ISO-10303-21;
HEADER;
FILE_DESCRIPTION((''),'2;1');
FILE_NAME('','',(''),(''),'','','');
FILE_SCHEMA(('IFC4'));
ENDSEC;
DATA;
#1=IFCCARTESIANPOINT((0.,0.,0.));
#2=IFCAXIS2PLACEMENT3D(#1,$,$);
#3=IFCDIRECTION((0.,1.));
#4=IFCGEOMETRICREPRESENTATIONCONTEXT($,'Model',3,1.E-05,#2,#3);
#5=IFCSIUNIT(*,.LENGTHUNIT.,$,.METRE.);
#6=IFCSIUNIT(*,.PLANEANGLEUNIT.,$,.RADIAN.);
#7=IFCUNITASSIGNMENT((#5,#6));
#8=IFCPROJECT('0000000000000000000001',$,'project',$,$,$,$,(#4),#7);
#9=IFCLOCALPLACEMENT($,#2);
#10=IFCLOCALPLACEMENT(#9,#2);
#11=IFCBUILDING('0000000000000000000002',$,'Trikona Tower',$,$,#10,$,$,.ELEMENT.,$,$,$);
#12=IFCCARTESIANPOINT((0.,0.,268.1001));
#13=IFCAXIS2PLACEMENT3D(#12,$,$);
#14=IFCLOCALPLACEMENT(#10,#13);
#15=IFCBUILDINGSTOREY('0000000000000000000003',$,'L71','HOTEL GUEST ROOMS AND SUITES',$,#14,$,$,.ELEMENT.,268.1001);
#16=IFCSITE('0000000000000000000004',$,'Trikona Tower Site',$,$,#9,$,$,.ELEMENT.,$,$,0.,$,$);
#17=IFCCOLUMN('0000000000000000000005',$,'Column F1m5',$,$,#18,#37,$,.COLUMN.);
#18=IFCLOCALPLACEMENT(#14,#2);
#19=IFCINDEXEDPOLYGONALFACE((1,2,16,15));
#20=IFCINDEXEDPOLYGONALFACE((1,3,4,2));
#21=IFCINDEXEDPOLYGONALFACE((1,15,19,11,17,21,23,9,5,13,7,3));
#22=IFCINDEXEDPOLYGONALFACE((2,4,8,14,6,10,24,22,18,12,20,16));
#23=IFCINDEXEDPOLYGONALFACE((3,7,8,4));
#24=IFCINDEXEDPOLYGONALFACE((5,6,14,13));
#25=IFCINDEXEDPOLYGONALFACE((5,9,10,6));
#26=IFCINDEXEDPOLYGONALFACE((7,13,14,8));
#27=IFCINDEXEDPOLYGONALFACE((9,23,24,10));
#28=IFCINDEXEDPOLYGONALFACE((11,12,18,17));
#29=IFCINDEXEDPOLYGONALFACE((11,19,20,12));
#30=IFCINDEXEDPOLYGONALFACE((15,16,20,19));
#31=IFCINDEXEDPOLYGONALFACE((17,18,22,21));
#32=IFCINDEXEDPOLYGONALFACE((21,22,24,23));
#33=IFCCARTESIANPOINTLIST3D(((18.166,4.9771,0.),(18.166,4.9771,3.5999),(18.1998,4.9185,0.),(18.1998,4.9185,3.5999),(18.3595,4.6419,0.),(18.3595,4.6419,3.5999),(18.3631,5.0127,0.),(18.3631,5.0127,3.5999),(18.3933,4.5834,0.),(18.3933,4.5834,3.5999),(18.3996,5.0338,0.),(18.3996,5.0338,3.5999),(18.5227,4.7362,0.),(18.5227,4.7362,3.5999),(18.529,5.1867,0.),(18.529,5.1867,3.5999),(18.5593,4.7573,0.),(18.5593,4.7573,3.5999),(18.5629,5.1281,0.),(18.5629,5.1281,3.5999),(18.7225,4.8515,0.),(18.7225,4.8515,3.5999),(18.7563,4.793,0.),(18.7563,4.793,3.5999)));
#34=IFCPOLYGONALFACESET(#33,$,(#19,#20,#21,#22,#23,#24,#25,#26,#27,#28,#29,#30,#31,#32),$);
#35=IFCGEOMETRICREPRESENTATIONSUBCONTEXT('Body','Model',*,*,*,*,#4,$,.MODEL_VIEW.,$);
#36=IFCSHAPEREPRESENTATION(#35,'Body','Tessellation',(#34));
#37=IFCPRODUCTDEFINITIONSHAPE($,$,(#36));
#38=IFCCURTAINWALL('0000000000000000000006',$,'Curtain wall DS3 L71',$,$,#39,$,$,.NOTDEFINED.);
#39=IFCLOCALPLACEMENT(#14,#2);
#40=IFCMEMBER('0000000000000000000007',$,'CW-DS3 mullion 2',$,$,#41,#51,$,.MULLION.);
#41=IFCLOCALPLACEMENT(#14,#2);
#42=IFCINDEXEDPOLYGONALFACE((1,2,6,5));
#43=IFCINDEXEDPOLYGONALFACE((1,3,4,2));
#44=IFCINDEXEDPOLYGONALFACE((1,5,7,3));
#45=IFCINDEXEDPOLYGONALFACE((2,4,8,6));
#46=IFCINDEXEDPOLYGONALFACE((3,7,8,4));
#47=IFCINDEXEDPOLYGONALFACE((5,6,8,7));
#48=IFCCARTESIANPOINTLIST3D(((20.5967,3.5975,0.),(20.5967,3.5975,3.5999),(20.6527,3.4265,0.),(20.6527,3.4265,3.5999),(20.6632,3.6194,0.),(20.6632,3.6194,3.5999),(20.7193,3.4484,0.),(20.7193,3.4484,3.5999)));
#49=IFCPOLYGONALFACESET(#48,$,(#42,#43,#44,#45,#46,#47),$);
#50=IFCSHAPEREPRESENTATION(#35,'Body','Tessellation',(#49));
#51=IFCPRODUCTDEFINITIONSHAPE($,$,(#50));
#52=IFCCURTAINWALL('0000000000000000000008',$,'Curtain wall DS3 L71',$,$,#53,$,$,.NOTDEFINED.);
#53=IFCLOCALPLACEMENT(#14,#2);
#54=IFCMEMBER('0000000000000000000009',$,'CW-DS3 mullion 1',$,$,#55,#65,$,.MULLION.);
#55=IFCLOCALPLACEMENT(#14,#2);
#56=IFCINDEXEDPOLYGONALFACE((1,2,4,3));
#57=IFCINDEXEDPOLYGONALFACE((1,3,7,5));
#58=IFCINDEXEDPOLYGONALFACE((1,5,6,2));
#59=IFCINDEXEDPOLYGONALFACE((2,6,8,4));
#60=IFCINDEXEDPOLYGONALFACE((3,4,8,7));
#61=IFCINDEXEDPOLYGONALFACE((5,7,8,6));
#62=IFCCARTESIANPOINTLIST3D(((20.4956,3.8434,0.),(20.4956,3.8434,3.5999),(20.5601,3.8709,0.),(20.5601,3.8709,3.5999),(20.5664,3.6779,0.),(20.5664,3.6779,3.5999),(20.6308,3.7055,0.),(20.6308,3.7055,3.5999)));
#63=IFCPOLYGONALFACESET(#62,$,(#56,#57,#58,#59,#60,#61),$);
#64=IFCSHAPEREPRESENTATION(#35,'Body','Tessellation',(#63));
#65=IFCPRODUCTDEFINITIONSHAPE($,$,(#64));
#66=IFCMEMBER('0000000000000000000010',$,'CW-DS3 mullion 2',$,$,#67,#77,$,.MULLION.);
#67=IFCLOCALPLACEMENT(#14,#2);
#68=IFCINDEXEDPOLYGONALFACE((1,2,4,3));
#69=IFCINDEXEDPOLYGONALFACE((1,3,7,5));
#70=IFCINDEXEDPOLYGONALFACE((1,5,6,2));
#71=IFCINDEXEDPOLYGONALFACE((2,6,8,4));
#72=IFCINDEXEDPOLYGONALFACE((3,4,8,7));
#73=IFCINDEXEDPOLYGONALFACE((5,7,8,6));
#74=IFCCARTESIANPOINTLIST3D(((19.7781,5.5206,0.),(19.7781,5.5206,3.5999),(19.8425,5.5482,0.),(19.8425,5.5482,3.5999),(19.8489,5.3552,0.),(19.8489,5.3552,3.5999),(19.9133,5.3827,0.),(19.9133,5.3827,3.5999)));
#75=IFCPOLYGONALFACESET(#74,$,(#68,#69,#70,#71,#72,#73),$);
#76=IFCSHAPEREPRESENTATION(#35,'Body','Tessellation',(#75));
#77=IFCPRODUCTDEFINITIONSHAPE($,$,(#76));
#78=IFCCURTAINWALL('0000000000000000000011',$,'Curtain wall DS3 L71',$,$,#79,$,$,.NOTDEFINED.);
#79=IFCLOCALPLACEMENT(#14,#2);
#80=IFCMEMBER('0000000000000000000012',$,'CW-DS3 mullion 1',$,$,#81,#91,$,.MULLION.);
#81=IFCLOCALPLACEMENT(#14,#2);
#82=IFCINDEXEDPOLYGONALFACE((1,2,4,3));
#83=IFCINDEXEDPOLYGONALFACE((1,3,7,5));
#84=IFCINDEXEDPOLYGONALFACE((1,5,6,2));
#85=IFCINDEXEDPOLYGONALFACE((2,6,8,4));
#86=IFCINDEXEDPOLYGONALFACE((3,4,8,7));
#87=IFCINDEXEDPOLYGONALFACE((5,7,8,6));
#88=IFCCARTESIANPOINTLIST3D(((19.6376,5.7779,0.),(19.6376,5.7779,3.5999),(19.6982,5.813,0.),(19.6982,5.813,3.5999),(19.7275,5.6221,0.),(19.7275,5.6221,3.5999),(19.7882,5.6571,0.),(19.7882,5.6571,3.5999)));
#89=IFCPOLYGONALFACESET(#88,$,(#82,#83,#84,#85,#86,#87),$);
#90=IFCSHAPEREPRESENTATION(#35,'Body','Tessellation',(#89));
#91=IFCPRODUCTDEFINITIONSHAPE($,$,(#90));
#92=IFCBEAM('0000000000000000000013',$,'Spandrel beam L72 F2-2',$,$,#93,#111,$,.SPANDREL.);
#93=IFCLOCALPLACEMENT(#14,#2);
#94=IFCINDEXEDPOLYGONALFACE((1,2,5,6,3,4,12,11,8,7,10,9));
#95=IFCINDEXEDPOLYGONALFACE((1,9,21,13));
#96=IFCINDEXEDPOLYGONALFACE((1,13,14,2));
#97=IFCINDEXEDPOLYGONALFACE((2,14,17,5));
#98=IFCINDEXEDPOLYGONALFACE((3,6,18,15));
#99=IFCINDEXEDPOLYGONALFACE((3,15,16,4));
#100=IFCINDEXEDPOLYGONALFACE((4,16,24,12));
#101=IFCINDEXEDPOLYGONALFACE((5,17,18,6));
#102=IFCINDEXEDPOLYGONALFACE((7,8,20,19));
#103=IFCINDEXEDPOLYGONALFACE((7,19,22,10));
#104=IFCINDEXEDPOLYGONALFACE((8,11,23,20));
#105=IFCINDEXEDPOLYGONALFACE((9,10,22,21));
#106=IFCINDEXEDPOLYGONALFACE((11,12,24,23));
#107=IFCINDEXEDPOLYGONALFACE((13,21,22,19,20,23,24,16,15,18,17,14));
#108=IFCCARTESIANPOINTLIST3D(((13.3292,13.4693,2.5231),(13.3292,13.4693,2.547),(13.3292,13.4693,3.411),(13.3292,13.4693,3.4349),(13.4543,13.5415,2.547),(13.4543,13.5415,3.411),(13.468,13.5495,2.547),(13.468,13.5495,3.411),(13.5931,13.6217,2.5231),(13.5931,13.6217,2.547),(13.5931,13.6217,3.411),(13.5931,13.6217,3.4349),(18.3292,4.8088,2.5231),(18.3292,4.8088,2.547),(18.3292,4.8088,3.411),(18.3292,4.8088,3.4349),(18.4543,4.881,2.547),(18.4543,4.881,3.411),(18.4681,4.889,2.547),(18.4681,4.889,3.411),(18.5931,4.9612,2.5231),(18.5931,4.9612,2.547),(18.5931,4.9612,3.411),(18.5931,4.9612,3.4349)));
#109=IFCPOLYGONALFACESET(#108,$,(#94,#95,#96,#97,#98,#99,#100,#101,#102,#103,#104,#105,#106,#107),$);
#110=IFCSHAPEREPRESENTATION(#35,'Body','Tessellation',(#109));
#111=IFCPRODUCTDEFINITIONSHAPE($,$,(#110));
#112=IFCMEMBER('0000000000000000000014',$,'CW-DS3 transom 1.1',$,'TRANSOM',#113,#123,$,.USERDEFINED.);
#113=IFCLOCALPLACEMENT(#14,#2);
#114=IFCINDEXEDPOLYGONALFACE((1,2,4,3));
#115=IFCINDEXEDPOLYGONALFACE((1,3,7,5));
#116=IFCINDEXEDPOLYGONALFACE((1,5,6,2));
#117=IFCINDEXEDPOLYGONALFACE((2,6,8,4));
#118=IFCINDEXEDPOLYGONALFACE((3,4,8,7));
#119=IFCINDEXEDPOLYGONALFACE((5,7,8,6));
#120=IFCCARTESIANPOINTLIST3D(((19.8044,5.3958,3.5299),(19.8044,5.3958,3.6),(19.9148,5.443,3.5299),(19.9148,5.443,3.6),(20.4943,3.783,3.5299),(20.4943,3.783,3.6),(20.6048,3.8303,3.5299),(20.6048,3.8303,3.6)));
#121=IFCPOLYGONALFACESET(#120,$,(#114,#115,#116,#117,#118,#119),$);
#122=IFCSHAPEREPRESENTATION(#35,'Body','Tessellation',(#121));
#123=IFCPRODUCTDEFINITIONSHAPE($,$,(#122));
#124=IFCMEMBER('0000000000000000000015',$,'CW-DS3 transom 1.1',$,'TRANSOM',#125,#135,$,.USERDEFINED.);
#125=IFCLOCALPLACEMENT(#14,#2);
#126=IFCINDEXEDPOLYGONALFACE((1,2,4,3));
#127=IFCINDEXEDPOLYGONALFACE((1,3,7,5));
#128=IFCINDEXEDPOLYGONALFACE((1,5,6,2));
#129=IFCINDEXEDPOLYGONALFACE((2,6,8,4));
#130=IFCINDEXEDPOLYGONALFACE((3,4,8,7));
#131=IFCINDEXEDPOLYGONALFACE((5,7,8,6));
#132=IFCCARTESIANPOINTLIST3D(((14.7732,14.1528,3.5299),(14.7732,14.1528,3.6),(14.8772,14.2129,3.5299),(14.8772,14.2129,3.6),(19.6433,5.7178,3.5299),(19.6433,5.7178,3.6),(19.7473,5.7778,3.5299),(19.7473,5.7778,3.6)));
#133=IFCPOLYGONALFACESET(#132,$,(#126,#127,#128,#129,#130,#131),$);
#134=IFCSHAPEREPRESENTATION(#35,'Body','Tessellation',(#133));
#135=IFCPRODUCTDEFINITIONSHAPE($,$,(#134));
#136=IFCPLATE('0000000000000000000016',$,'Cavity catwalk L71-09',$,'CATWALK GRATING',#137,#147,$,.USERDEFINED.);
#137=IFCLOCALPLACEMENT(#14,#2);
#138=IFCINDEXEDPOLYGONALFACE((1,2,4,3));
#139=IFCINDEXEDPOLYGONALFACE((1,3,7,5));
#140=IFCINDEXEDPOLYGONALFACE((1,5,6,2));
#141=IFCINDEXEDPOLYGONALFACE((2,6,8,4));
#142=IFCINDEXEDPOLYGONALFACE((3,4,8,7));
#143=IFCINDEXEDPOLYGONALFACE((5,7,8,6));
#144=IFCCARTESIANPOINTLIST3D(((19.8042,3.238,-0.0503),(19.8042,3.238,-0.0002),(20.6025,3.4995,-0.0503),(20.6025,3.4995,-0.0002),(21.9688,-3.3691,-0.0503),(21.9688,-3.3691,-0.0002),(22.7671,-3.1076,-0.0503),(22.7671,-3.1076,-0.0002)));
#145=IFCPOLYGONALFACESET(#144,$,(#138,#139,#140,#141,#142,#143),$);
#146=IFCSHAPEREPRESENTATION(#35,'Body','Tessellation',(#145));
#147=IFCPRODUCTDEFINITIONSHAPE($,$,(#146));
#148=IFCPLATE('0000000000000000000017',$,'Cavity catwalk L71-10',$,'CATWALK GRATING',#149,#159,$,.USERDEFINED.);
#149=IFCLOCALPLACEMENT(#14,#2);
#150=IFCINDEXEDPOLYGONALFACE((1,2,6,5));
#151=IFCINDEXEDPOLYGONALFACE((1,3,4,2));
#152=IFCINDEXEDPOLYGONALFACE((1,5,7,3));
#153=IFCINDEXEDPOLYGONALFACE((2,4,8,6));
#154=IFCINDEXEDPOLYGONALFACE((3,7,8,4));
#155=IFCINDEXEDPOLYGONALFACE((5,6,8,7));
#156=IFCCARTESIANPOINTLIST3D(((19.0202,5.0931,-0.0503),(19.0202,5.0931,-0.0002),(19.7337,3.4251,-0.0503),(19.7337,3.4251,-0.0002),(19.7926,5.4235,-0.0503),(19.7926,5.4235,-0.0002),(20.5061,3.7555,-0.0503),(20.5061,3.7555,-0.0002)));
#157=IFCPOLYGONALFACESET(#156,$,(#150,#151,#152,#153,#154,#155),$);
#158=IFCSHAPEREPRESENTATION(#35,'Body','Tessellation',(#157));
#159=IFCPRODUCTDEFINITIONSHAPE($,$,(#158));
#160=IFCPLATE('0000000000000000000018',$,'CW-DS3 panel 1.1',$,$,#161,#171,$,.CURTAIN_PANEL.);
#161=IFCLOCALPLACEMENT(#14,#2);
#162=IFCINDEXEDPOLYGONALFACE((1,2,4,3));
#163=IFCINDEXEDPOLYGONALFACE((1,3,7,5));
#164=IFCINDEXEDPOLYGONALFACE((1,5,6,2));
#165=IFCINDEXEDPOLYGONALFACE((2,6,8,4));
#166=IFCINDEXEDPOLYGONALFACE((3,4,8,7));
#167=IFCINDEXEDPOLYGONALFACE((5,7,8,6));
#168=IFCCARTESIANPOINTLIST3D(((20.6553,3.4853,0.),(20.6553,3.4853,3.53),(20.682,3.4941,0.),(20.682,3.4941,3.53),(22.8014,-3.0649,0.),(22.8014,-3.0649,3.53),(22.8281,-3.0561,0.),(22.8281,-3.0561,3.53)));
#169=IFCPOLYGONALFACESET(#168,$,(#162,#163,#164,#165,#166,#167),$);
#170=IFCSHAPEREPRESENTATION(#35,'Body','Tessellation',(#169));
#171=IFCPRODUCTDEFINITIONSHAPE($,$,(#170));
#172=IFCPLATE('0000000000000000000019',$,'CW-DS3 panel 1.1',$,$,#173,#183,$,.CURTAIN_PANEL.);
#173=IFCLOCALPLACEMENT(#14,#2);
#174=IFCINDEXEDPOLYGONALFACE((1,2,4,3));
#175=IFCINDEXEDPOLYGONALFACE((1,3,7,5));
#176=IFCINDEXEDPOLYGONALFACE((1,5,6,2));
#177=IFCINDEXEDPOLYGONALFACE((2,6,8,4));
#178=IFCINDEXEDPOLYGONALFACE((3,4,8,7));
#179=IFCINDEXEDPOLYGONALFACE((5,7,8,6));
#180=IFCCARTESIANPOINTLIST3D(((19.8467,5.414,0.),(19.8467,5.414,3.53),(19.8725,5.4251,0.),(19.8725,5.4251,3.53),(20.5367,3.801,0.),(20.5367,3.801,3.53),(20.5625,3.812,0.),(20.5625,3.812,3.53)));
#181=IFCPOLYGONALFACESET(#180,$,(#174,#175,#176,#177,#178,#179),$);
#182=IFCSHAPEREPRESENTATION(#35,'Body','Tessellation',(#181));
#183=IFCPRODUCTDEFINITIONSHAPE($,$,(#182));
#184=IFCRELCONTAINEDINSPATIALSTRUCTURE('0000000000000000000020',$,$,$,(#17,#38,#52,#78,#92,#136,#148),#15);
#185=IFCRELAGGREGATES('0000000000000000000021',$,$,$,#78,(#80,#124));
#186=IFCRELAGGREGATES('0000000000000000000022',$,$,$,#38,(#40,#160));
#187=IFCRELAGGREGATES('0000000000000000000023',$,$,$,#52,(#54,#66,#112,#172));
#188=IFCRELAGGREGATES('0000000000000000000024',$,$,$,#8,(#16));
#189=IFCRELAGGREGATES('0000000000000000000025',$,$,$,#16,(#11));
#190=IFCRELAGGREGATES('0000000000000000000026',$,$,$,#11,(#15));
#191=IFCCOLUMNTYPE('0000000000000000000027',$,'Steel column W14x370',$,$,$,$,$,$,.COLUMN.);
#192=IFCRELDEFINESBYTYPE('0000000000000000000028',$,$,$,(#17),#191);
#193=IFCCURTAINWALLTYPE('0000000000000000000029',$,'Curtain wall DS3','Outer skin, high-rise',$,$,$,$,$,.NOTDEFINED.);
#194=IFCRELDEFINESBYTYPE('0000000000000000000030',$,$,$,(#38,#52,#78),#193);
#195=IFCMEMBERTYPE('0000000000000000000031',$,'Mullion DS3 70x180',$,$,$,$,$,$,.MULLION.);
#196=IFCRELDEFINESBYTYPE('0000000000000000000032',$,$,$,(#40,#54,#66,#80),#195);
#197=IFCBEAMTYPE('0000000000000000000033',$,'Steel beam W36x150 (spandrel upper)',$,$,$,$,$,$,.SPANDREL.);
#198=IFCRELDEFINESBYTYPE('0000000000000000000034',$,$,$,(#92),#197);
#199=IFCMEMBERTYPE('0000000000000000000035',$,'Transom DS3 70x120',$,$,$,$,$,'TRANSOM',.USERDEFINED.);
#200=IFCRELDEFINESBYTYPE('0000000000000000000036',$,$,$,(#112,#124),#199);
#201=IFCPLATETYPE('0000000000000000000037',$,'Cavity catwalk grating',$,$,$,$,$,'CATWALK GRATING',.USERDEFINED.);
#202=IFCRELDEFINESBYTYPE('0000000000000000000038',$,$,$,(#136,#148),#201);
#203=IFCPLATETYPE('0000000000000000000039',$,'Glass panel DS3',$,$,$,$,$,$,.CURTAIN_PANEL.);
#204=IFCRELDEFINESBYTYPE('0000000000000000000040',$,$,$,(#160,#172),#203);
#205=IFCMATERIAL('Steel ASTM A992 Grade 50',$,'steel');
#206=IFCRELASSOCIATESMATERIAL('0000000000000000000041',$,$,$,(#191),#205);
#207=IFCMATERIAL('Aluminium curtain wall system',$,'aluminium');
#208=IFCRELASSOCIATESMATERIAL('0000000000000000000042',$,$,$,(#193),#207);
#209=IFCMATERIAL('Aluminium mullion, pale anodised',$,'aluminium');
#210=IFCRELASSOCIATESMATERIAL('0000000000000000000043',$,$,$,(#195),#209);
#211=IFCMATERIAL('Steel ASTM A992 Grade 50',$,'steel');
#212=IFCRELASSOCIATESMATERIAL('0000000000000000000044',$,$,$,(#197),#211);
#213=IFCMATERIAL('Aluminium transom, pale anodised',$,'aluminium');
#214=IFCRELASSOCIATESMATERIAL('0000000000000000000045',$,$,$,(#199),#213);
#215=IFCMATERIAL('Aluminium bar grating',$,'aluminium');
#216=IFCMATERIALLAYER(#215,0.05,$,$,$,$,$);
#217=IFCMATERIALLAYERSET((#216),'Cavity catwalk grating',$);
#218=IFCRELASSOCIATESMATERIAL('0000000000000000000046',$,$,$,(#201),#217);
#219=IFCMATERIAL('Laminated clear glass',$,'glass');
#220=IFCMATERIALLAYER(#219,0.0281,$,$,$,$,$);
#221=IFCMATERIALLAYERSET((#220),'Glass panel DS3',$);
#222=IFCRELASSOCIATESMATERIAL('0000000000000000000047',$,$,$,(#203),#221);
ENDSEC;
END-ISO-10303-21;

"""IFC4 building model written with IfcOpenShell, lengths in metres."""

from ifc_helpers import new_model, si_unit, direction, frame, origin, origin_2d, place, context, subcontext, project, spatial, rectangle, i_section, extrude, material, layer, layer_set, material_profile, profile_set, type_object, element, aggregate, save


model = new_model("IFC4")

# Units and contexts
model_context = context("Model", 3, precision=1e-05, world=origin(), true_north=direction((0.0, 1.0)))
body_context = subcontext(model_context, "Body", "Model", "MODEL_VIEW")
ifc_project = project(units=[si_unit("LENGTHUNIT", "METRE"), si_unit("PLANEANGLEUNIT", "RADIAN")], contexts=[model_context])

# Site, building, storey
site_placement = place(None, origin())
site = spatial("IfcSite", under=ifc_project, at=site_placement, Name="Trikona Tower Site", CompositionType="ELEMENT", RefElevation=0.0)
building_placement = place(site_placement, origin())
building = spatial("IfcBuilding", under=site, at=building_placement, Name="Trikona Tower", CompositionType="ELEMENT")
storey_placement = place(building_placement, frame((0.0, 0.0, 268.1001)))
storey = spatial("IfcBuildingStorey", under=building, at=storey_placement, Name="L71", Description="HOTEL GUEST ROOMS AND SUITES", CompositionType="ELEMENT", Elevation=268.1001)

# Column
ifc_material_1 = material(Name="Steel ASTM A992 Grade 50", Category="steel")
ifc_material_profile_1 = material_profile(ifc_material_1, i_section(OverallWidth=0.4192, OverallDepth=0.4546, WebThickness=0.0422, FlangeThickness=0.0676, at=origin_2d()), Name="W14X370")
ifc_profile_set_1 = profile_set([ifc_material_profile_1], Name="Steel ASTM A992 Grade 50")
column_type = type_object("IfcColumnType", Name="Steel column W14x370", PredefinedType="COLUMN", material=ifc_profile_set_1)
column_placement = place(storey_placement, frame((18.4612, 4.885, 0.0), z_axis=(0.0, 0.0, 1.0), x_axis=(0.866025, 0.5, 0.0)))
element("IfcColumn", 1, at=column_placement, inside=storey, type_object=column_type, Name="Column F1m5", PredefinedType="COLUMN", context=body_context, shape_type="SweptSolid", body=[
    extrude(i_section(OverallWidth=0.4192, OverallDepth=0.4546, WebThickness=0.0422, FlangeThickness=0.0676, at=origin_2d()), origin(), (0.0, 0.0, 1.0), 3.5999),
])

# Curtain wall, member
ifc_material_2 = material(Name="Aluminium curtain wall system", Category="aluminium")
curtain_wall_type = type_object("IfcCurtainWallType", Name="Curtain wall DS3", Description="Outer skin, high-rise", PredefinedType="NOTDEFINED", material=ifc_material_2)
curtain_wall_1_placement = place(storey_placement, origin())
curtain_wall_1 = element("IfcCurtainWall", 2, at=curtain_wall_1_placement, inside=storey, type_object=curtain_wall_type, Name="Curtain wall DS3 L71", PredefinedType="NOTDEFINED")
ifc_material_3 = material(Name="Aluminium mullion, pale anodised", Category="aluminium")
ifc_material_profile_2 = material_profile(ifc_material_3, rectangle(XDim=0.0701, YDim=0.1799, at=origin_2d()), Name="MUL-DS3")
ifc_profile_set_2 = profile_set([ifc_material_profile_2], Name="Aluminium mullion, pale anodised")
member_type_1 = type_object("IfcMemberType", Name="Mullion DS3 70x180", PredefinedType="MULLION", material=ifc_profile_set_2)
member_1_placement = place(storey_placement, frame((20.658, 3.5229, 0.0), z_axis=(0.0, 0.0, 1.0), x_axis=(-0.950297, -0.311344, 0.0)))
member_1 = element("IfcMember", 3, at=member_1_placement, type_object=member_type_1, Name="CW-DS3 mullion 2", PredefinedType="MULLION", context=body_context, shape_type="SweptSolid", body=[
    extrude(rectangle(XDim=0.0701, YDim=0.1799, at=origin_2d()), origin(), (0.0, 0.0, 1.0), 3.5999),
])

# Curtain wall, members
curtain_wall_2_placement = place(storey_placement, origin())
curtain_wall_2 = element("IfcCurtainWall", 4, at=curtain_wall_2_placement, inside=storey, type_object=curtain_wall_type, Name="Curtain wall DS3 L71", PredefinedType="NOTDEFINED")
member_2_placement = place(storey_placement, frame((20.5632, 3.7744, 0.0), z_axis=(0.0, 0.0, 1.0), x_axis=(-0.919421, -0.393276, 0.0)))
member_2 = element("IfcMember", 5, at=member_2_placement, type_object=member_type_1, Name="CW-DS3 mullion 1", PredefinedType="MULLION", context=body_context, shape_type="SweptSolid", body=[
    extrude(rectangle(XDim=0.0701, YDim=0.1799, at=origin_2d()), origin(), (0.0, 0.0, 1.0), 3.5999),
])
member_3_placement = place(storey_placement, frame((19.8457, 5.4517, 0.0), z_axis=(0.0, 0.0, 1.0), x_axis=(-0.919421, -0.393276, 0.0)))
member_3 = element("IfcMember", 6, at=member_3_placement, type_object=member_type_1, Name="CW-DS3 mullion 2", PredefinedType="MULLION", context=body_context, shape_type="SweptSolid", body=[
    extrude(rectangle(XDim=0.0701, YDim=0.1799, at=origin_2d()), origin(), (0.0, 0.0, 1.0), 3.5999),
])

# Curtain wall, member
curtain_wall_3_placement = place(storey_placement, origin())
curtain_wall_3 = element("IfcCurtainWall", 7, at=curtain_wall_3_placement, inside=storey, type_object=curtain_wall_type, Name="Curtain wall DS3 L71", PredefinedType="NOTDEFINED")
member_4_placement = place(storey_placement, frame((19.7129, 5.7175, 0.0), z_axis=(0.0, 0.0, 1.0), x_axis=(-0.866025, -0.500001, 0.0)))
member_4 = element("IfcMember", 8, at=member_4_placement, type_object=member_type_1, Name="CW-DS3 mullion 1", PredefinedType="MULLION", context=body_context, shape_type="SweptSolid", body=[
    extrude(rectangle(XDim=0.0701, YDim=0.1799, at=origin_2d()), origin(), (0.0, 0.0, 1.0), 3.5999),
])

# Beam
ifc_material_4 = material(Name="Steel ASTM A992 Grade 50", Category="steel")
ifc_material_profile_3 = material_profile(ifc_material_4, i_section(OverallWidth=0.3047, OverallDepth=0.9119, WebThickness=0.0159, FlangeThickness=0.0239, at=origin_2d()), Name="W36X150")
ifc_profile_set_3 = profile_set([ifc_material_profile_3], Name="Steel ASTM A992 Grade 50")
beam_type = type_object("IfcBeamType", Name="Steel beam W36x150 (spandrel upper)", PredefinedType="SPANDREL", material=ifc_profile_set_3)
beam_placement = place(storey_placement, frame((18.4612, 4.885, 2.979), z_axis=(-0.499994, 0.866029, 0.0), x_axis=(-0.866029, -0.499994, 0.0)))
element("IfcBeam", 9, at=beam_placement, inside=storey, type_object=beam_type, Name="Spandrel beam L72 F2-2", PredefinedType="SPANDREL", context=body_context, shape_type="SweptSolid", body=[
    extrude(i_section(OverallWidth=0.3047, OverallDepth=0.9119, WebThickness=0.0159, FlangeThickness=0.0239, at=origin_2d()), origin(), (0.0, 0.0, 1.0), 10.0002),
])

# Members
ifc_material_5 = material(Name="Aluminium transom, pale anodised", Category="aluminium")
ifc_material_profile_4 = material_profile(ifc_material_5, rectangle(XDim=0.1201, YDim=0.0701, at=origin_2d()), Name="TRN-DS3")
ifc_profile_set_4 = profile_set([ifc_material_profile_4], Name="Aluminium transom, pale anodised")
member_type_2 = type_object("IfcMemberType", Name="Transom DS3 70x120", ElementType="TRANSOM", PredefinedType="USERDEFINED", material=ifc_profile_set_4)
member_5_placement = place(storey_placement, frame((20.5496, 3.8066, 3.5649), z_axis=(-0.393315, 0.919404, 0.0), x_axis=(-0.919404, -0.393315, 0.0)))
member_5 = element("IfcMember", 10, at=member_5_placement, type_object=member_type_2, Name="CW-DS3 transom 1.1", ObjectType="TRANSOM", PredefinedType="USERDEFINED", context=body_context, shape_type="SweptSolid", body=[
    extrude(rectangle(XDim=0.1201, YDim=0.0701, at=origin_2d()), origin(), (0.0, 0.0, 1.0), 1.7542),
])
member_6_placement = place(storey_placement, frame((19.6953, 5.7478, 3.5649), z_axis=(-0.50001, 0.866019, 0.0), x_axis=(-0.866019, -0.50001, 0.0)))
member_6 = element("IfcMember", 11, at=member_6_placement, type_object=member_type_2, Name="CW-DS3 transom 1.1", ObjectType="TRANSOM", PredefinedType="USERDEFINED", context=body_context, shape_type="SweptSolid", body=[
    extrude(rectangle(XDim=0.1201, YDim=0.0701, at=origin_2d()), origin(), (0.0, 0.0, 1.0), 9.74),
])
aggregate(curtain_wall_3, [member_4, member_6])

# Plates
ifc_material_6 = material(Name="Aluminium bar grating", Category="aluminium")
ifc_layer_1 = layer(ifc_material_6, 0.05)
ifc_layer_set_1 = layer_set([ifc_layer_1], Name="Cavity catwalk grating")
plate_type_1 = type_object("IfcPlateType", Name="Cavity catwalk grating", ElementType="CATWALK GRATING", PredefinedType="USERDEFINED", material=ifc_layer_set_1)
plate_1_placement = place(storey_placement, frame((21.2856, 0.0652, -0.0503), z_axis=(0.0, 0.0, 1.0), x_axis=(-0.311337, 0.9503, 0.0)))
element("IfcPlate", 12, at=plate_1_placement, inside=storey, type_object=plate_type_1, Name="Cavity catwalk L71-09", ObjectType="CATWALK GRATING", PredefinedType="USERDEFINED", context=body_context, shape_type="SweptSolid", body=[
    extrude(rectangle(XDim=6.9526, YDim=0.8401, at=origin_2d()), origin(), (0.0, 0.0, 1.0), 0.05),
])
plate_2_placement = place(storey_placement, frame((19.7632, 4.4243, -0.0503), z_axis=(0.0, 0.0, 1.0), x_axis=(-0.393284, 0.919417, 0.0)))
element("IfcPlate", 13, at=plate_2_placement, inside=storey, type_object=plate_type_1, Name="Cavity catwalk L71-10", ObjectType="CATWALK GRATING", PredefinedType="USERDEFINED", context=body_context, shape_type="SweptSolid", body=[
    extrude(rectangle(XDim=1.8142, YDim=0.8401, at=origin_2d()), origin(), (0.0, 0.0, 1.0), 0.05),
])

# Plates
ifc_material_7 = material(Name="Laminated clear glass", Category="glass")
ifc_layer_2 = layer(ifc_material_7, 0.0281)
ifc_layer_set_2 = layer_set([ifc_layer_2], Name="Glass panel DS3")
plate_type_2 = type_object("IfcPlateType", Name="Glass panel DS3", PredefinedType="CURTAIN_PANEL", material=ifc_layer_set_2)
plate_3_placement = place(storey_placement, frame((21.7417, 0.2146, 0.0), z_axis=(0.0, 0.0, 1.0), x_axis=(-0.311344, 0.950297, 0.0)))
plate_3 = element("IfcPlate", 14, at=plate_3_placement, type_object=plate_type_2, Name="CW-DS3 panel 1.1", PredefinedType="CURTAIN_PANEL", context=body_context, shape_type="SweptSolid", body=[
    extrude(rectangle(XDim=6.8928, YDim=0.0281, at=origin_2d()), origin(), (0.0, 0.0, 1.0), 3.53),
])
aggregate(curtain_wall_1, [member_1, plate_3])
plate_4_placement = place(storey_placement, frame((20.2046, 4.613, 0.0), z_axis=(0.0, 0.0, 1.0), x_axis=(-0.393276, 0.919421, 0.0)))
plate_4 = element("IfcPlate", 15, at=plate_4_placement, type_object=plate_type_2, Name="CW-DS3 panel 1.1", PredefinedType="CURTAIN_PANEL", context=body_context, shape_type="SweptSolid", body=[
    extrude(rectangle(XDim=1.7544, YDim=0.0281, at=origin_2d()), origin(), (0.0, 0.0, 1.0), 3.53),
])
aggregate(curtain_wall_2, [member_2, member_3, member_5, plate_4])

save(model, "model.ifc")
